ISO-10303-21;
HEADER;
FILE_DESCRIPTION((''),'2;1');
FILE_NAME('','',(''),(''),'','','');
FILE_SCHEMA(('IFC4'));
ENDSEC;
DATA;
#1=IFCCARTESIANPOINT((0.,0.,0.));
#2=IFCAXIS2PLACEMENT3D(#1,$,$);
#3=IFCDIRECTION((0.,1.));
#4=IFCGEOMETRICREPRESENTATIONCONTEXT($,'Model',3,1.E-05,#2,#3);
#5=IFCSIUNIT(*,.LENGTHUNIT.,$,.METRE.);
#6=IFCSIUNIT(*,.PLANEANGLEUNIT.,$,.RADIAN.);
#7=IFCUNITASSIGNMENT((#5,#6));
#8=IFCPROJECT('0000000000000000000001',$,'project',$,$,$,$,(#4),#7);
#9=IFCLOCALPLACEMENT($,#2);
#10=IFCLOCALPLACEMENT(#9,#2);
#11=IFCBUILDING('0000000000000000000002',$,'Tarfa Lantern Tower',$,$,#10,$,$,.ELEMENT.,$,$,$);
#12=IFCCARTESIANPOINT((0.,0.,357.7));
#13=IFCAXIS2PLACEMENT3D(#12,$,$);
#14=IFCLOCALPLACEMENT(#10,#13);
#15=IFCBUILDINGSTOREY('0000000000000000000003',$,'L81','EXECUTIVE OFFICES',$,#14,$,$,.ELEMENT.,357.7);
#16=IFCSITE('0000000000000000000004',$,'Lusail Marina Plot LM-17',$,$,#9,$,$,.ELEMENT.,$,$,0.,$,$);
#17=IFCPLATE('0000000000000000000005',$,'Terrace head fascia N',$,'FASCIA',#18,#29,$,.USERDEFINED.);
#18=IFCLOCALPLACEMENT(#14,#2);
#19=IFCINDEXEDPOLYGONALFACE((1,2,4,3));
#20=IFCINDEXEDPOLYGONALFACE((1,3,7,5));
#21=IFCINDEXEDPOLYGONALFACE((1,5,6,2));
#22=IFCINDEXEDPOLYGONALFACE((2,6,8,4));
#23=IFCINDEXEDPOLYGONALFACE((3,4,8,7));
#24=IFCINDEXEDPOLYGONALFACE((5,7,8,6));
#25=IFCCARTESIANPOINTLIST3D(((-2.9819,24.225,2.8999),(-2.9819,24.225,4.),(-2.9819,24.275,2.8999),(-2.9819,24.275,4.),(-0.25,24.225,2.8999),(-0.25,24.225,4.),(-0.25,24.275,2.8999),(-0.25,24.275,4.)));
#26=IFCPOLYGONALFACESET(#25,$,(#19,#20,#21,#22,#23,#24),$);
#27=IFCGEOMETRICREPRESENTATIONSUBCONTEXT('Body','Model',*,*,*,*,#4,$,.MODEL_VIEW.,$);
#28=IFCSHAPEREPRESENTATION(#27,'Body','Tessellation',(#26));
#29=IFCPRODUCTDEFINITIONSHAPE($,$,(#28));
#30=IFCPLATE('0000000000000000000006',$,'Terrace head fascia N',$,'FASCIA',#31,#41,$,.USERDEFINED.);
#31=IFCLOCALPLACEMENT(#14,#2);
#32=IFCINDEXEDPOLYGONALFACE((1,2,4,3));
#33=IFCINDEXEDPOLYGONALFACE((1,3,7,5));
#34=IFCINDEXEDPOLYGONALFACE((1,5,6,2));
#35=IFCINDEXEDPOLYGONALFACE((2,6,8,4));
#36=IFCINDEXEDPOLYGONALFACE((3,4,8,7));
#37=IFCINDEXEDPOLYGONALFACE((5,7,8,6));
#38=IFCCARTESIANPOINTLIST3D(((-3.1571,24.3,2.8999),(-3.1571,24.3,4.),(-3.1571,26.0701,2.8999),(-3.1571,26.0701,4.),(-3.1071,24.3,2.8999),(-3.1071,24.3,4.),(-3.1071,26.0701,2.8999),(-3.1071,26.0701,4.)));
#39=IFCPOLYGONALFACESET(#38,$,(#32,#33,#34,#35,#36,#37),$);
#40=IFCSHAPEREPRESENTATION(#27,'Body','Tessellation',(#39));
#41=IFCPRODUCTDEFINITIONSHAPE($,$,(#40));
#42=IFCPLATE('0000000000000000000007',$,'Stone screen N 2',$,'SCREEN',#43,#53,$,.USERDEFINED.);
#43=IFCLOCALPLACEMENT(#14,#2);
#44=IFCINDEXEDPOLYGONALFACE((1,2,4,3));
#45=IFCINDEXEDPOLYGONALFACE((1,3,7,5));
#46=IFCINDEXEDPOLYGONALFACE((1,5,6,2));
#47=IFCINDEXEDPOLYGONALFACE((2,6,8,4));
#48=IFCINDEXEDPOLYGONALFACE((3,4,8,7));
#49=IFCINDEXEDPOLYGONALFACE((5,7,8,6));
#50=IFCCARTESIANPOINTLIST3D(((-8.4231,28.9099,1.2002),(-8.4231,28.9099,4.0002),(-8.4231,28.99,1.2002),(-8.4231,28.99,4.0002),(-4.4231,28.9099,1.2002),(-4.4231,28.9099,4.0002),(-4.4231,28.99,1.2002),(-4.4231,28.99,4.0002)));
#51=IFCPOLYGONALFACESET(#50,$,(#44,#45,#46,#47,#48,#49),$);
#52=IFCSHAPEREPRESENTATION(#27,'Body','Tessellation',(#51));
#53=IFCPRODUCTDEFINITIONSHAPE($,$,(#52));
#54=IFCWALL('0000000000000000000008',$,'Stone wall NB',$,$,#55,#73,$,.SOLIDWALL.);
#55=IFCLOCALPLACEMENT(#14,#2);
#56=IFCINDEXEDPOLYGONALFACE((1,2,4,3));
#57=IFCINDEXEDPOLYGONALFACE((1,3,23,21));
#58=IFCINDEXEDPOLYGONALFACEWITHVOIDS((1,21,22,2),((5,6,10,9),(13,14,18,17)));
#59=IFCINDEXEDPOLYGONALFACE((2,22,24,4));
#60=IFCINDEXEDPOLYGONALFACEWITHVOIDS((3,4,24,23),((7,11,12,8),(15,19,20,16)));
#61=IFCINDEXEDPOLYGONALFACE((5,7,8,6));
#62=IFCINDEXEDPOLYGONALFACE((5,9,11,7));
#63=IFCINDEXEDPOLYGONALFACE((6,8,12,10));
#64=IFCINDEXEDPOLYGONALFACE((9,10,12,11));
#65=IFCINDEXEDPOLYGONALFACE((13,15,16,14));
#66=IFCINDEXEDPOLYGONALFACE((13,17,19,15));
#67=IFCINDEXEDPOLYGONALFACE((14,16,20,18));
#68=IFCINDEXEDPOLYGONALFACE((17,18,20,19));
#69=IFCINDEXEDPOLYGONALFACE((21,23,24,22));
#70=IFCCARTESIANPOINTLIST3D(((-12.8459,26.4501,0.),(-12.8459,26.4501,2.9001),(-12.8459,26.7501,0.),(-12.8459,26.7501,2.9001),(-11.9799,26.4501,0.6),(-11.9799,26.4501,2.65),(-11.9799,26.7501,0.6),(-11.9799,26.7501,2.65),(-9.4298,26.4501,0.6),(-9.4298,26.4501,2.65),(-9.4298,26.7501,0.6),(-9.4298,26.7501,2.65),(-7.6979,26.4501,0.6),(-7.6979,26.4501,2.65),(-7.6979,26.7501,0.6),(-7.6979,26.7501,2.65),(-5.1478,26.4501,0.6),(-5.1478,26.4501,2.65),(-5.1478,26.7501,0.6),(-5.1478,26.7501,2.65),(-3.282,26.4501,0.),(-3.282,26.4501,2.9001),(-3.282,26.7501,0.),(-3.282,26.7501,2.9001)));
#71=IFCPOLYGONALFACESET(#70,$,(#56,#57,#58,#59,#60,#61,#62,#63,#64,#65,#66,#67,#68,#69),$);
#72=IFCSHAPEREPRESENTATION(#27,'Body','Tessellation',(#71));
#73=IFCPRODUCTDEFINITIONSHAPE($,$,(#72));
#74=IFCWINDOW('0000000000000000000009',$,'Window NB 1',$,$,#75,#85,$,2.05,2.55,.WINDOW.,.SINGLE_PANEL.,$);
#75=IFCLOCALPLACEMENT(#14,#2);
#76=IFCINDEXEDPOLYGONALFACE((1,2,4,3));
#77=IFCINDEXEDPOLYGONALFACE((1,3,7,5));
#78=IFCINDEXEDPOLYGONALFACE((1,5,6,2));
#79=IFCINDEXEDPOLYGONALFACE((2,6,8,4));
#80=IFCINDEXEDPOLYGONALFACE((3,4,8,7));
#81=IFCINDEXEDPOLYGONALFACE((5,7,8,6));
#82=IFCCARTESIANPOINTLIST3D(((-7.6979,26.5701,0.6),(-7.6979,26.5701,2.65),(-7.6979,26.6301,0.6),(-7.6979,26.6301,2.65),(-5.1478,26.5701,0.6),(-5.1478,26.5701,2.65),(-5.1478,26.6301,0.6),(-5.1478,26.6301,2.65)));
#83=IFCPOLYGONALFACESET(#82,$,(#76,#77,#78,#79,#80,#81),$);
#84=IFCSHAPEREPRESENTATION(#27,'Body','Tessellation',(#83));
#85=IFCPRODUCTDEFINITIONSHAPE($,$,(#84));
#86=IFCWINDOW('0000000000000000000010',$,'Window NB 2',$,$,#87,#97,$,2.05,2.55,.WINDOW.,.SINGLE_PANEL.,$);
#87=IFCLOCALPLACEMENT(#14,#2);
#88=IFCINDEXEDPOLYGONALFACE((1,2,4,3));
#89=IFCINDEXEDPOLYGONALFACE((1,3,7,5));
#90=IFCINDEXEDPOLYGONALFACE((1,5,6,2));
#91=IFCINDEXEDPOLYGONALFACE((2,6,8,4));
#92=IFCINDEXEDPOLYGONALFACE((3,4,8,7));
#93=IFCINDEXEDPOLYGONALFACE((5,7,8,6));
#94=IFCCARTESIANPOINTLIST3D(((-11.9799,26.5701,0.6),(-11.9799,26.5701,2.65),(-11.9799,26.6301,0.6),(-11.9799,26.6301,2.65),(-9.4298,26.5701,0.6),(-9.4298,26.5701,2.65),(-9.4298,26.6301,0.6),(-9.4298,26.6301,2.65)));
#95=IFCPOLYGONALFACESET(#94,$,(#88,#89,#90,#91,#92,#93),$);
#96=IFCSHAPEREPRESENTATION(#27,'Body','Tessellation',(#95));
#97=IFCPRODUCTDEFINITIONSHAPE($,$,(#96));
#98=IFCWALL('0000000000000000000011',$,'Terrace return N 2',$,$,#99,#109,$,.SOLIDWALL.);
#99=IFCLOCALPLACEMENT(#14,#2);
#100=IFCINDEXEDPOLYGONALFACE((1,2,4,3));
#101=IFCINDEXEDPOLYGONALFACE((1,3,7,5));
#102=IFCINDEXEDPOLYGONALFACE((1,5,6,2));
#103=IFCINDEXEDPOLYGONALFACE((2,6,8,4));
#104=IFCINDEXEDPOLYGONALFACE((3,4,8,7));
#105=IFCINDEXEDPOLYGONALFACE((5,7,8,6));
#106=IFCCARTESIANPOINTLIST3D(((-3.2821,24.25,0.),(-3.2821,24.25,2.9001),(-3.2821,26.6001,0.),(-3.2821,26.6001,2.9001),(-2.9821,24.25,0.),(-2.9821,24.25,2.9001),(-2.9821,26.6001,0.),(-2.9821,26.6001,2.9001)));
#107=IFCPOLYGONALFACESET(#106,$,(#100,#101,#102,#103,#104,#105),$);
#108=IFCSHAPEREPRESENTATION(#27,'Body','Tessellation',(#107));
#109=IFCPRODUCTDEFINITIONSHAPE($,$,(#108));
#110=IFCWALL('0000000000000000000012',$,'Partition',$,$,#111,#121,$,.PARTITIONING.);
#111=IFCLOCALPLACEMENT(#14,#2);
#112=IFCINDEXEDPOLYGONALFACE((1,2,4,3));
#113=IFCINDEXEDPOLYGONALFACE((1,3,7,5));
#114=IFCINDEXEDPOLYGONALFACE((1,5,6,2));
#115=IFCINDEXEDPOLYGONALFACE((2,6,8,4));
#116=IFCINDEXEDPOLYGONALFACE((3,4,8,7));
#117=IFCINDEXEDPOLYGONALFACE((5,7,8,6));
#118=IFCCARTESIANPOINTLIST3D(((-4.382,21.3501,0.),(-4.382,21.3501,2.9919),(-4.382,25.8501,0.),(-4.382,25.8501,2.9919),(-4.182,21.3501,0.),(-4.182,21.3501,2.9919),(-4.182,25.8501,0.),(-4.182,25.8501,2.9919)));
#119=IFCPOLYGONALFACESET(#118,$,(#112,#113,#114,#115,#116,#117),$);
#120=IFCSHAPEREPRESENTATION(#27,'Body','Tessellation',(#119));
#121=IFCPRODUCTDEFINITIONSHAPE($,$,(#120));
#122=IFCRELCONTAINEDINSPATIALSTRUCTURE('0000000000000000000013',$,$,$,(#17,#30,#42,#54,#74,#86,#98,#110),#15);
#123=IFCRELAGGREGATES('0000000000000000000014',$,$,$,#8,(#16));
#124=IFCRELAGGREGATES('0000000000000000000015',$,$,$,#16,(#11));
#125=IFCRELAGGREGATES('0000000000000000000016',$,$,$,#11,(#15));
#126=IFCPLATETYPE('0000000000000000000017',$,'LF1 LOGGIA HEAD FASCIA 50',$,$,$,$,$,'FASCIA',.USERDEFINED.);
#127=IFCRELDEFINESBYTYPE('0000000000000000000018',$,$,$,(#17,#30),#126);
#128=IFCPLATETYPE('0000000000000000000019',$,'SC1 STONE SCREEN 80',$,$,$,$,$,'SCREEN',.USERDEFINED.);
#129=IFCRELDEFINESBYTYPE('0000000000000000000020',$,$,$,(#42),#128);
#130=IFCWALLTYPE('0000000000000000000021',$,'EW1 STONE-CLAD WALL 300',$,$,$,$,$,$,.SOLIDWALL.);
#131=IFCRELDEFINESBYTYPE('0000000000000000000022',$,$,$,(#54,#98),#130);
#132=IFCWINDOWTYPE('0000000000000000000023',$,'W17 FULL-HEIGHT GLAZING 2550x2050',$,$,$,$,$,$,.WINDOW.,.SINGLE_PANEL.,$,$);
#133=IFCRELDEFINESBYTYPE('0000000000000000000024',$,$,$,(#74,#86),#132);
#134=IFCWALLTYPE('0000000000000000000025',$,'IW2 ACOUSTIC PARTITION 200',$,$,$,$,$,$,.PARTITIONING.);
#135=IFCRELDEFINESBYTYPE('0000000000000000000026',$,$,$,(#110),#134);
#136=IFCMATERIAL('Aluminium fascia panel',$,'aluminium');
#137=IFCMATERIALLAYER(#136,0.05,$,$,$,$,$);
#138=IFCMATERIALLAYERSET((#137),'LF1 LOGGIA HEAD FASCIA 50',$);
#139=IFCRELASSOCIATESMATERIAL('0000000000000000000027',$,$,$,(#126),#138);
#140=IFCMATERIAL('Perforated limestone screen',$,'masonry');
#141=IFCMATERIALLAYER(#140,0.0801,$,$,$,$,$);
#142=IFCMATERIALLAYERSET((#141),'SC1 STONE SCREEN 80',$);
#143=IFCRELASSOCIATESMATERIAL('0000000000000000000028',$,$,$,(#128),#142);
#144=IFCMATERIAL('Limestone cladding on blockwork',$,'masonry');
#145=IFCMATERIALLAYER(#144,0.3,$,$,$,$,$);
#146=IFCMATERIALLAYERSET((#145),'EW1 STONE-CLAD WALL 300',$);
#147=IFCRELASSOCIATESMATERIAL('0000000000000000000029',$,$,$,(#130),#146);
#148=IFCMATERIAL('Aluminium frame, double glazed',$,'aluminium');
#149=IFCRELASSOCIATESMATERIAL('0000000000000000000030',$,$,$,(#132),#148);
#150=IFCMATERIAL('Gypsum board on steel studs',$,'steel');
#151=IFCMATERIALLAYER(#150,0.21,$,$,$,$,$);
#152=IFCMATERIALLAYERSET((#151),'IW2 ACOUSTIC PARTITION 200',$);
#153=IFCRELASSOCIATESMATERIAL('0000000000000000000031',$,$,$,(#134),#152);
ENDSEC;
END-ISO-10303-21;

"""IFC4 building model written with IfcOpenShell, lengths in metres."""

from ifc_helpers import new_model, si_unit, direction, frame, frame_2d, origin, origin_2d, place, context, subcontext, project, spatial, rectangle, extrude, material, layer, layer_set, type_object, element, fill, save


model = new_model("IFC4")

# Units and contexts
model_context = context("Model", 3, precision=1e-05, world=origin(), true_north=direction((0.0, 1.0)))
body_context = subcontext(model_context, "Body", "Model", "MODEL_VIEW")
ifc_project = project(units=[si_unit("LENGTHUNIT", "METRE"), si_unit("PLANEANGLEUNIT", "RADIAN")], contexts=[model_context])

# Site, building, storey
site_placement = place(None, origin())
site = spatial("IfcSite", under=ifc_project, at=site_placement, Name="Lusail Marina Plot LM-17", CompositionType="ELEMENT", RefElevation=0.0)
building_placement = place(site_placement, origin())
building = spatial("IfcBuilding", under=site, at=building_placement, Name="Tarfa Lantern Tower", CompositionType="ELEMENT")
storey_placement = place(building_placement, frame((0.0, 0.0, 357.7)))
storey = spatial("IfcBuildingStorey", under=building, at=storey_placement, Name="L81", Description="EXECUTIVE OFFICES", CompositionType="ELEMENT", Elevation=357.7)

# Plates
ifc_material_1 = material(Name="Aluminium fascia panel", Category="aluminium")
ifc_layer_1 = layer(ifc_material_1, 0.05)
ifc_layer_set_1 = layer_set([ifc_layer_1], Name="LF1 LOGGIA HEAD FASCIA 50")
plate_type_1 = type_object("IfcPlateType", Name="LF1 LOGGIA HEAD FASCIA 50", ElementType="FASCIA", PredefinedType="USERDEFINED", material=ifc_layer_set_1)
plate_1_placement = place(storey_placement, frame((-1.616, 24.25, 2.8999), z_axis=(0.0, 0.0, 1.0), x_axis=(-1.0, 0.0, 0.0)))
element("IfcPlate", 1, at=plate_1_placement, inside=storey, type_object=plate_type_1, Name="Terrace head fascia N", ObjectType="FASCIA", PredefinedType="USERDEFINED", context=body_context, shape_type="SweptSolid", body=[
    extrude(rectangle(XDim=2.7319, YDim=0.05, at=origin_2d()), origin(), (0.0, 0.0, 1.0), 1.1001),
])
plate_2_placement = place(storey_placement, frame((-3.1321, 25.1851, 2.8999), z_axis=(0.0, 0.0, 1.0), x_axis=(0.0, -1.0, 0.0)))
element("IfcPlate", 2, at=plate_2_placement, inside=storey, type_object=plate_type_1, Name="Terrace head fascia N", ObjectType="FASCIA", PredefinedType="USERDEFINED", context=body_context, shape_type="SweptSolid", body=[
    extrude(rectangle(XDim=1.77, YDim=0.05, at=origin_2d()), origin(), (0.0, 0.0, 1.0), 1.1001),
])
ifc_material_2 = material(Name="Perforated limestone screen", Category="masonry")
ifc_layer_2 = layer(ifc_material_2, 0.0801)
ifc_layer_set_2 = layer_set([ifc_layer_2], Name="SC1 STONE SCREEN 80")
plate_type_2 = type_object("IfcPlateType", Name="SC1 STONE SCREEN 80", ElementType="SCREEN", PredefinedType="USERDEFINED", material=ifc_layer_set_2)
plate_3_placement = place(storey_placement, frame((-6.4231, 28.95, 1.2002), z_axis=(0.0, 0.0, 1.0), x_axis=(-1.0, 0.0, 0.0)))
element("IfcPlate", 3, at=plate_3_placement, inside=storey, type_object=plate_type_2, Name="Stone screen N 2", ObjectType="SCREEN", PredefinedType="USERDEFINED", context=body_context, shape_type="SweptSolid", body=[
    extrude(rectangle(XDim=4.0, YDim=0.0801, at=origin_2d()), origin(), (0.0, 0.0, 1.0), 2.8),
])

# Wall, openings, windows
ifc_material_3 = material(Name="Limestone cladding on blockwork", Category="masonry")
ifc_layer_3 = layer(ifc_material_3, 0.3)
ifc_layer_set_3 = layer_set([ifc_layer_3], Name="EW1 STONE-CLAD WALL 300")
wall_type_1 = type_object("IfcWallType", Name="EW1 STONE-CLAD WALL 300", PredefinedType="SOLIDWALL", material=ifc_layer_set_3)
wall_1_placement = place(storey_placement, frame((-3.282, 26.6001, 0.0), z_axis=(0.0, 0.0, 1.0), x_axis=(-1.0, 0.0, 0.0)))
wall_1 = element("IfcWall", 4, at=wall_1_placement, inside=storey, type_object=wall_type_1, Name="Stone wall NB", PredefinedType="SOLIDWALL", context=body_context, shape_type="SweptSolid", body=[
    extrude(rectangle(XDim=9.564, YDim=0.3, at=frame_2d((4.782, 0.0))), origin(), (0.0, 0.0, 1.0), 2.9001),
])
opening_1_placement = place(wall_1_placement, frame((1.866, 0.0, 0.6001)))
opening_1 = element("IfcOpeningElement", 5, at=opening_1_placement, cuts=wall_1, PredefinedType="OPENING", context=body_context, shape_type="SweptSolid", body=[
    extrude(rectangle(XDim=2.55, YDim=2.05, at=frame_2d((1.2749, 1.0249))), frame((0.0, 0.1599, 0.0), z_axis=(0.0, -1.0, 0.0), x_axis=(1.0, 0.0, 0.0)), (0.0, 0.0, 1.0), 0.3201),
])
opening_2_placement = place(wall_1_placement, frame((6.1479, 0.0, 0.6001)))
opening_2 = element("IfcOpeningElement", 6, at=opening_2_placement, cuts=wall_1, PredefinedType="OPENING", context=body_context, shape_type="SweptSolid", body=[
    extrude(rectangle(XDim=2.55, YDim=2.05, at=frame_2d((1.2749, 1.0249))), frame((0.0, 0.1599, 0.0), z_axis=(0.0, -1.0, 0.0), x_axis=(1.0, 0.0, 0.0)), (0.0, 0.0, 1.0), 0.3201),
])
ifc_material_4 = material(Name="Aluminium frame, double glazed", Category="aluminium")
window_type = type_object("IfcWindowType", Name="W17 FULL-HEIGHT GLAZING 2550x2050", PartitioningType="SINGLE_PANEL", PredefinedType="WINDOW", material=ifc_material_4)
window_1_placement = place(opening_1_placement, origin())
window_1 = element("IfcWindow", 7, at=window_1_placement, inside=storey, type_object=window_type, Name="Window NB 1", OverallHeight=2.05, OverallWidth=2.55, PartitioningType="SINGLE_PANEL", PredefinedType="WINDOW", context=body_context, shape_type="SweptSolid", body=[
    extrude(rectangle(XDim=2.55, YDim=2.05, at=frame_2d((1.2749, 1.0249))), frame((0.0, 0.03, 0.0), z_axis=(0.0, -1.0, 0.0), x_axis=(1.0, 0.0, 0.0)), (0.0, 0.0, 1.0), 0.0601),
])
fill(opening_1, window_1)
window_2_placement = place(opening_2_placement, origin())
window_2 = element("IfcWindow", 8, at=window_2_placement, inside=storey, type_object=window_type, Name="Window NB 2", OverallHeight=2.05, OverallWidth=2.55, PartitioningType="SINGLE_PANEL", PredefinedType="WINDOW", context=body_context, shape_type="SweptSolid", body=[
    extrude(rectangle(XDim=2.55, YDim=2.05, at=frame_2d((1.2749, 1.0249))), frame((0.0, 0.03, 0.0), z_axis=(0.0, -1.0, 0.0), x_axis=(1.0, 0.0, 0.0)), (0.0, 0.0, 1.0), 0.0601),
])
fill(opening_2, window_2)

# Walls
wall_2_placement = place(storey_placement, frame((-3.1321, 26.6001, 0.0), z_axis=(0.0, 0.0, 1.0), x_axis=(0.0, -1.0, 0.0)))
element("IfcWall", 9, at=wall_2_placement, inside=storey, type_object=wall_type_1, Name="Terrace return N 2", PredefinedType="SOLIDWALL", context=body_context, shape_type="SweptSolid", body=[
    extrude(rectangle(XDim=2.3501, YDim=0.3, at=frame_2d((1.175, 0.0))), origin(), (0.0, 0.0, 1.0), 2.9001),
])
ifc_material_5 = material(Name="Gypsum board on steel studs", Category="steel")
ifc_layer_4 = layer(ifc_material_5, 0.21)
ifc_layer_set_4 = layer_set([ifc_layer_4], Name="IW2 ACOUSTIC PARTITION 200")
wall_type_2 = type_object("IfcWallType", Name="IW2 ACOUSTIC PARTITION 200", PredefinedType="PARTITIONING", material=ifc_layer_set_4)
wall_3_placement = place(storey_placement, frame((-4.282, 21.3501, 0.0), z_axis=(0.0, 0.0, 1.0), x_axis=(0.0, 1.0, 0.0)))
element("IfcWall", 10, at=wall_3_placement, inside=storey, type_object=wall_type_2, Name="Partition", PredefinedType="PARTITIONING", context=body_context, shape_type="SweptSolid", body=[
    extrude(rectangle(XDim=4.5, YDim=0.2, at=frame_2d((2.25, 0.0))), origin(), (0.0, 0.0, 1.0), 2.9919),
])

save(model, "model.ifc")
